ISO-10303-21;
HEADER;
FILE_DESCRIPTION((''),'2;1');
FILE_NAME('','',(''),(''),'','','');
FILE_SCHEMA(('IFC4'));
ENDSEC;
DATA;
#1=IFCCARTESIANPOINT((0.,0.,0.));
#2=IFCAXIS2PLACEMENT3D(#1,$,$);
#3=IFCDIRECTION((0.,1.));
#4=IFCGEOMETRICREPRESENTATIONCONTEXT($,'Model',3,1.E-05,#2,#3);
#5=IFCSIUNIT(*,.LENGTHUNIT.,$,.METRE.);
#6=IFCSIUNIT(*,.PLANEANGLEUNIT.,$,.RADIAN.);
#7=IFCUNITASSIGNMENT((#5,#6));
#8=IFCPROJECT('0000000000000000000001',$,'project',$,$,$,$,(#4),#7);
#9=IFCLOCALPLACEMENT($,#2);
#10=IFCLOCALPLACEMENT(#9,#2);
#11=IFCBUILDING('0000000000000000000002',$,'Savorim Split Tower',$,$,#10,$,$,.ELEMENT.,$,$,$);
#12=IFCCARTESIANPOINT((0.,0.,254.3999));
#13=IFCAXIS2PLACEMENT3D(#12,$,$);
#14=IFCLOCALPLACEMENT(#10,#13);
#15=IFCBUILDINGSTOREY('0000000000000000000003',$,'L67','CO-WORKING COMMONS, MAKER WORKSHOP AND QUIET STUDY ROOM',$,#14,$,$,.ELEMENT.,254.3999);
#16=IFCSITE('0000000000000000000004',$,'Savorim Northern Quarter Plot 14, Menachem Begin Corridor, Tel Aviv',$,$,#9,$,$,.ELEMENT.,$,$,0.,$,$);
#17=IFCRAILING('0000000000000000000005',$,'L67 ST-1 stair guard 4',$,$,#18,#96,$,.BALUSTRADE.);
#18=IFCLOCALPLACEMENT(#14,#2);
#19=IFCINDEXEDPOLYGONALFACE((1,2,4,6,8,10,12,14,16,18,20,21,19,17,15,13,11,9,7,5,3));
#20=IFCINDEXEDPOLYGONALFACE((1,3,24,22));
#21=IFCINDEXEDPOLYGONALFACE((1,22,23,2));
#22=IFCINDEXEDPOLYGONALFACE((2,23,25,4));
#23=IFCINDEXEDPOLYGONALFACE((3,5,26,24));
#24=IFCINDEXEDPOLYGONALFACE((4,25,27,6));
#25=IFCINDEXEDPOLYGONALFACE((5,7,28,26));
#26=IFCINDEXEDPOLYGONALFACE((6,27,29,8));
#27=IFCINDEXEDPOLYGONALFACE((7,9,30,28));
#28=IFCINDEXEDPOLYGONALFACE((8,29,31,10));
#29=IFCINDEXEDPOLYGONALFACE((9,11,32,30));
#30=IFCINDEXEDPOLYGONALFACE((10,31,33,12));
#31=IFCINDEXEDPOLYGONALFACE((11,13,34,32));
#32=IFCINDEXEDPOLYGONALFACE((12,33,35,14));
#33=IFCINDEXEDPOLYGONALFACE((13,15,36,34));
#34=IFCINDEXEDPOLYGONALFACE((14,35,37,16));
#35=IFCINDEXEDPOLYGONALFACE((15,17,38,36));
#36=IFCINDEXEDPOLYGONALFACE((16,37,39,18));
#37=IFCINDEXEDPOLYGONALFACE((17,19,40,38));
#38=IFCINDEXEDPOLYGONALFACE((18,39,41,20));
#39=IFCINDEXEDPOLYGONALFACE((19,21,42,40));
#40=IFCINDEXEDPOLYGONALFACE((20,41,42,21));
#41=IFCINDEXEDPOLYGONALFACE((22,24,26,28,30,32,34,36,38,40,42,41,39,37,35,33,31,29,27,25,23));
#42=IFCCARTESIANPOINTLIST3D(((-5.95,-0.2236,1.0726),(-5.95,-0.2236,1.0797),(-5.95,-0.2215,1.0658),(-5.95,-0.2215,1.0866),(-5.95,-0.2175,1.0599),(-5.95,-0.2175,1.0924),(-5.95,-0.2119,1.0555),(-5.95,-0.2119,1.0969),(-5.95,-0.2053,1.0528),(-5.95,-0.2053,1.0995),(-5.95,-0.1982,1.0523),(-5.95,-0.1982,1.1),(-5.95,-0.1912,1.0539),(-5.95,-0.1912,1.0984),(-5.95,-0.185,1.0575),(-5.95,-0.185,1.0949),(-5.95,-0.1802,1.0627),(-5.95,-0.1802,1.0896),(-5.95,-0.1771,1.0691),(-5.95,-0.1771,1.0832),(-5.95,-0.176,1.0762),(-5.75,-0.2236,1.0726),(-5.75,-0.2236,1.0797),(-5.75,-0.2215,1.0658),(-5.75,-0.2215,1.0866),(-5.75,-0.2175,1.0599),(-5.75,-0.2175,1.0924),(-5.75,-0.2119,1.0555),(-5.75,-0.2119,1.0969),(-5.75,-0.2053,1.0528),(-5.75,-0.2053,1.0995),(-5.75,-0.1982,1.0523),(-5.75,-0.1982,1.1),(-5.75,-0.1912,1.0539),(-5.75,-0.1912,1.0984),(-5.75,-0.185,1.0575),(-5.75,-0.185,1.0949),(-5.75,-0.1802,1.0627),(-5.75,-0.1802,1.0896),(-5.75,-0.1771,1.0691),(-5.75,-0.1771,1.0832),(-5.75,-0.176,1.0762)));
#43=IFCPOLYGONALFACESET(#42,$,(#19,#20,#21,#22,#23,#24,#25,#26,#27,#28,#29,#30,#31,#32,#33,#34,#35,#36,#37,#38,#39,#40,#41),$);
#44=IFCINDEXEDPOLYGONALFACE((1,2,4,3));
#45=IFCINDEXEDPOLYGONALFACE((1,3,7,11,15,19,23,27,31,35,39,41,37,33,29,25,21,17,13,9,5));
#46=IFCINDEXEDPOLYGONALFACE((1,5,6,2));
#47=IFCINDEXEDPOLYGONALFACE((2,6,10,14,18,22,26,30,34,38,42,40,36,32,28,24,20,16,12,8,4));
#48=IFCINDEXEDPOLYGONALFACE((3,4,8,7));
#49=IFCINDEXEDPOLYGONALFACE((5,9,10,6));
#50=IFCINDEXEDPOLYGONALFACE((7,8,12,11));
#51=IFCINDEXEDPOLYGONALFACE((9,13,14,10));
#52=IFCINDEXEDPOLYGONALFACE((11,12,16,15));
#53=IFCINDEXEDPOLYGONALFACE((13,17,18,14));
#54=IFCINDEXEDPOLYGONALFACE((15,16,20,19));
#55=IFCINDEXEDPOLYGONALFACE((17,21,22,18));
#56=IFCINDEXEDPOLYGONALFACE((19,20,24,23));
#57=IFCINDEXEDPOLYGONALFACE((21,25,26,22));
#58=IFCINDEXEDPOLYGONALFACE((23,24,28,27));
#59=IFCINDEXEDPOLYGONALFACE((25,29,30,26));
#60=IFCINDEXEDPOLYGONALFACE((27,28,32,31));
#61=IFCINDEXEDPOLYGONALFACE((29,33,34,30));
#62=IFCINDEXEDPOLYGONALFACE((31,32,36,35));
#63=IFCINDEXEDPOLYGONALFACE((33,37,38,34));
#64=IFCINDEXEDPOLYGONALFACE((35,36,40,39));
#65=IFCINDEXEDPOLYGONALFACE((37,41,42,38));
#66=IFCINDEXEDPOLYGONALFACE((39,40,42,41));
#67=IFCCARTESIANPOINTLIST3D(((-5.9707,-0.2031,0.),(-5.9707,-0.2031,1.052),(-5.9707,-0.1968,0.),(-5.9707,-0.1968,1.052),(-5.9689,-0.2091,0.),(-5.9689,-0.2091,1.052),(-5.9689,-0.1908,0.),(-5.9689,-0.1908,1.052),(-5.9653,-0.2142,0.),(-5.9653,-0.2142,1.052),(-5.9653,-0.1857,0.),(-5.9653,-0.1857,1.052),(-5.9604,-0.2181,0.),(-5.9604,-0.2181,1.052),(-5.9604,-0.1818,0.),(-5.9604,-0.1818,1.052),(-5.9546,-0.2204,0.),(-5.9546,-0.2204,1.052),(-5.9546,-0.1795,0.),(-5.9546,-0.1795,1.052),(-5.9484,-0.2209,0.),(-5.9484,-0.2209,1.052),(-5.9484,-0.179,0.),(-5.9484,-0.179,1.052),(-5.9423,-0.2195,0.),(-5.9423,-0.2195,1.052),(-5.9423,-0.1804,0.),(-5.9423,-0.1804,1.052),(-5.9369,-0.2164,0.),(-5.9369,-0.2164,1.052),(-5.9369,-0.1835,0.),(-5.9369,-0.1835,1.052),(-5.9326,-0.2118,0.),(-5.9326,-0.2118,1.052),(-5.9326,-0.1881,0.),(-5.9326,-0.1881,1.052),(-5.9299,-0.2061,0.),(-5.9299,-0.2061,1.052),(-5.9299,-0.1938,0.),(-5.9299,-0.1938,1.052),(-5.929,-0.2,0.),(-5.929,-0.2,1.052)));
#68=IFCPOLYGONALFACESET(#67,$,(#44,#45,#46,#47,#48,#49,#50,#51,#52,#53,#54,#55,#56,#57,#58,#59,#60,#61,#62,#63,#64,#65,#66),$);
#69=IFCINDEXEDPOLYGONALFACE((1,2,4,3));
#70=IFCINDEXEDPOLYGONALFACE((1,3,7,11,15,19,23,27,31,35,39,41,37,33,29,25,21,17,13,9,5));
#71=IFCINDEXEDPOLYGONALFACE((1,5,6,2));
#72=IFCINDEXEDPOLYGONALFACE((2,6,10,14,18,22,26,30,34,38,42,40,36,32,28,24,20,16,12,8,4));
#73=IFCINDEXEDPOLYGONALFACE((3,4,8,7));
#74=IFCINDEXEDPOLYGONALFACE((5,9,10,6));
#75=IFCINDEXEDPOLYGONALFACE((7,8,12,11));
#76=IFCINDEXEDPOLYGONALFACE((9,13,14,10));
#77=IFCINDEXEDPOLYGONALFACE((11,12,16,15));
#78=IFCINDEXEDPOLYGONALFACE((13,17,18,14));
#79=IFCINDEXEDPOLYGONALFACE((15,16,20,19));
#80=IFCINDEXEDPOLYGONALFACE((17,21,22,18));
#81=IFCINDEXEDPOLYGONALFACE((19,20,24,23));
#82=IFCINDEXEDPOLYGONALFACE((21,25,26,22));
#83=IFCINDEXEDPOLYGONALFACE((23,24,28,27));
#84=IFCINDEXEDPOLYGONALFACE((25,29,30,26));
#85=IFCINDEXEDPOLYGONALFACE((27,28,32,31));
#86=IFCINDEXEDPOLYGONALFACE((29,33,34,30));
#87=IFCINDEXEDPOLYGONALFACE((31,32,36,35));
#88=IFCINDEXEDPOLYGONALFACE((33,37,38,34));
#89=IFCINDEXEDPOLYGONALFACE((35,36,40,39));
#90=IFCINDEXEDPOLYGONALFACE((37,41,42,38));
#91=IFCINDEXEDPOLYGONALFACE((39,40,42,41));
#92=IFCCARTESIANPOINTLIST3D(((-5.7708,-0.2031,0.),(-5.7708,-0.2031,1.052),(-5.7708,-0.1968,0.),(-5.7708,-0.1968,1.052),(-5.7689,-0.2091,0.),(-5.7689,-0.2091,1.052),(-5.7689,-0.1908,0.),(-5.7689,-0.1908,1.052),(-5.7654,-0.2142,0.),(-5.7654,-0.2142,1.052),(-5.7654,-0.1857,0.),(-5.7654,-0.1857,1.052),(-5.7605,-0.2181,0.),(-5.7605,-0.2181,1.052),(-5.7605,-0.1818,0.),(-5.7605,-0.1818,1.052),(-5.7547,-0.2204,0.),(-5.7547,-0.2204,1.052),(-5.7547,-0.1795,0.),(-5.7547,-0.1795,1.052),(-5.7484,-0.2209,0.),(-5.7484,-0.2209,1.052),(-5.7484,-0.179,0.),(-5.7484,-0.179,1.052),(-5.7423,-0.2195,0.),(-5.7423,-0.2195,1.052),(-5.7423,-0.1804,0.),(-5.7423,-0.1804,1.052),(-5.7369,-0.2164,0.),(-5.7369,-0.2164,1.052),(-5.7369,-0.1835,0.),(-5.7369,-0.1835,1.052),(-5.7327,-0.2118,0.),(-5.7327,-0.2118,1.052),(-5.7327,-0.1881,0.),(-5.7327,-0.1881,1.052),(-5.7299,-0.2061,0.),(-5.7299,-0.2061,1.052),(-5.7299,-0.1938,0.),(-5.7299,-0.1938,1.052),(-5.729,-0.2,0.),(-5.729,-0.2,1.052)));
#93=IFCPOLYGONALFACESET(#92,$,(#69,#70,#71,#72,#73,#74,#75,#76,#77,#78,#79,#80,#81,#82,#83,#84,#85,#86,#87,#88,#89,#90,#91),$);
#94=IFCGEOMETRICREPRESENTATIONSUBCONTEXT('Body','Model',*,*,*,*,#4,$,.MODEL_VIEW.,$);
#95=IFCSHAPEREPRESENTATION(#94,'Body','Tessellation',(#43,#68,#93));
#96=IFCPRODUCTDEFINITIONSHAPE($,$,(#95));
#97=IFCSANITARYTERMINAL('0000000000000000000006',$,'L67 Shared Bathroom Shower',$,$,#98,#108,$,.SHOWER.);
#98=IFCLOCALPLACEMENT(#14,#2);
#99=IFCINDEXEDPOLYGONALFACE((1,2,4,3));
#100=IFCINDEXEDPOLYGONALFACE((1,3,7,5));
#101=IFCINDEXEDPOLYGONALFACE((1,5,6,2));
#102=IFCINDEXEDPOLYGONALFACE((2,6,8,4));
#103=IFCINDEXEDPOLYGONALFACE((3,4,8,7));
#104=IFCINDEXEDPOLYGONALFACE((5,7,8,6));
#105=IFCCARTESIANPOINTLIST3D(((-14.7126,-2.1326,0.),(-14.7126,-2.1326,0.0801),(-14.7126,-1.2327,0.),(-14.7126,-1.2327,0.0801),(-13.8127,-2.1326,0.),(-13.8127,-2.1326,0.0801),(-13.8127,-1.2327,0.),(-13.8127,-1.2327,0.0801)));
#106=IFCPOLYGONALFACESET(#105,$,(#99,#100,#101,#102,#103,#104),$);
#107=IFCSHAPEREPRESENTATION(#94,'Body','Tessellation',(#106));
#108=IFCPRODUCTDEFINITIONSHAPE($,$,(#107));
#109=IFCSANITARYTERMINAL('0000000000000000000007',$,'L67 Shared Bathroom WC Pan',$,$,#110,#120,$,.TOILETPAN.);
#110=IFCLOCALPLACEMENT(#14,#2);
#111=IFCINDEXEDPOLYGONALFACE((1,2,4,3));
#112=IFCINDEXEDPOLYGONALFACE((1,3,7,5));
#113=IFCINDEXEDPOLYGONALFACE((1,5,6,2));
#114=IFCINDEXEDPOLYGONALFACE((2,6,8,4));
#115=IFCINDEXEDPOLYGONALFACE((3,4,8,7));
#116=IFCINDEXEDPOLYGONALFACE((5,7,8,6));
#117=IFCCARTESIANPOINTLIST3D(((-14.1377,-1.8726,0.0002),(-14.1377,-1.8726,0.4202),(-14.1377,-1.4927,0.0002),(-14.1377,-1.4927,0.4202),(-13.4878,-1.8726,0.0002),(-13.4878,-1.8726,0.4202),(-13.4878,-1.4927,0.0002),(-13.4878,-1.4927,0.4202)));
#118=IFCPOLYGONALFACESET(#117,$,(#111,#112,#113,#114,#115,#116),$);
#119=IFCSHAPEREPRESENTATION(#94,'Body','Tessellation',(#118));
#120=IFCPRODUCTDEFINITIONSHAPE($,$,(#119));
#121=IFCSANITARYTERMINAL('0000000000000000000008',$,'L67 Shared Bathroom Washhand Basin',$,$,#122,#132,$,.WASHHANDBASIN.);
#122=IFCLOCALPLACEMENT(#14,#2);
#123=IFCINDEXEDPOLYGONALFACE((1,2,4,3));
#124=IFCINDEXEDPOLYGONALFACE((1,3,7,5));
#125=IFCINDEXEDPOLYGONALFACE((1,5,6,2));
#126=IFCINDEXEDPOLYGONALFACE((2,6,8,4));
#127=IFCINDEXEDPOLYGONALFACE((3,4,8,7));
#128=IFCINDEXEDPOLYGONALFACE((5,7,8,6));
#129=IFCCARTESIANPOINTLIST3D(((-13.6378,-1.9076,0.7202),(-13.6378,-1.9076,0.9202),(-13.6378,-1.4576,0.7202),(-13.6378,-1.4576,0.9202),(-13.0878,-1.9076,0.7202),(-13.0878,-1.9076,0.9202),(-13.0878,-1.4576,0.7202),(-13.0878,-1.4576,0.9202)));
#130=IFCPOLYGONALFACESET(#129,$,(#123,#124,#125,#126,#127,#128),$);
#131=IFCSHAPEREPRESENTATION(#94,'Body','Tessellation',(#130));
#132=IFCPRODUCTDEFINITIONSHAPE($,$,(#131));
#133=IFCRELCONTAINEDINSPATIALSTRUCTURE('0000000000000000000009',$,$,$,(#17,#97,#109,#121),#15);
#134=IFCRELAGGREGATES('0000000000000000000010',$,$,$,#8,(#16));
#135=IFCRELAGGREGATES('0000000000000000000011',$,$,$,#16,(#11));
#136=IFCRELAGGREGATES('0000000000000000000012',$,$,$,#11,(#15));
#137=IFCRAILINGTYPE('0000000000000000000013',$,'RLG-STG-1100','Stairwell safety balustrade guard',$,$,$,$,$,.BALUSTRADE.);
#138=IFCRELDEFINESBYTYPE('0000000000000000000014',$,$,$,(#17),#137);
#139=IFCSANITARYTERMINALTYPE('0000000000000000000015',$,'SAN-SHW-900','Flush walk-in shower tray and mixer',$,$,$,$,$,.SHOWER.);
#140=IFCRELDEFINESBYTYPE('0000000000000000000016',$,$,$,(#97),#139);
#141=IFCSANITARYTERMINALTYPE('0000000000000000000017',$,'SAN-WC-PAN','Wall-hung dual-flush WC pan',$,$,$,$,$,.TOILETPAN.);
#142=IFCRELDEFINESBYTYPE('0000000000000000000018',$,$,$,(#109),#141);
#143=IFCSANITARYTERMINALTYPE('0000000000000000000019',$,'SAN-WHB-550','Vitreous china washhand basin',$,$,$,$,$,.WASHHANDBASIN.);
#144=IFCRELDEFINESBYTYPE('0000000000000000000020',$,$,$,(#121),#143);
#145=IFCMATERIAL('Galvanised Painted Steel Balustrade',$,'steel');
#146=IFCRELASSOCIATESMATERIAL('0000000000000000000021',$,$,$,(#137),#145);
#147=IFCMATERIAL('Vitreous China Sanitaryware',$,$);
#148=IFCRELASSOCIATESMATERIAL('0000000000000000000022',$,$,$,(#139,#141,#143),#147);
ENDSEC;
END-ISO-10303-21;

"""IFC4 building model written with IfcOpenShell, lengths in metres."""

from ifc_helpers import new_model, si_unit, direction, frame, origin, origin_2d, place, context, subcontext, project, spatial, rectangle, circle, extrude, material, type_object, element, save


model = new_model("IFC4")

# Units and contexts
model_context = context("Model", 3, precision=1e-05, world=origin(), true_north=direction((0.0, 1.0)))
body_context = subcontext(model_context, "Body", "Model", "MODEL_VIEW")
ifc_project = project(units=[si_unit("LENGTHUNIT", "METRE"), si_unit("PLANEANGLEUNIT", "RADIAN")], contexts=[model_context])

# Site, building, storey
site_placement = place(None, origin())
site = spatial("IfcSite", under=ifc_project, at=site_placement, Name="Savorim Northern Quarter Plot 14, Menachem Begin Corridor, Tel Aviv", CompositionType="ELEMENT", RefElevation=0.0)
building_placement = place(site_placement, origin())
building = spatial("IfcBuilding", under=site, at=building_placement, Name="Savorim Split Tower", CompositionType="ELEMENT")
storey_placement = place(building_placement, frame((0.0, 0.0, 254.3999)))
storey = spatial("IfcBuildingStorey", under=building, at=storey_placement, Name="L67", Description="CO-WORKING COMMONS, MAKER WORKSHOP AND QUIET STUDY ROOM", CompositionType="ELEMENT", Elevation=254.3999)

# Railing
ifc_material_1 = material(Name="Galvanised Painted Steel Balustrade", Category="steel")
railing_type_1 = type_object("IfcRailingType", Name="RLG-STG-1100", Description="Stairwell safety balustrade guard", PredefinedType="BALUSTRADE", material=ifc_material_1)
railing_1_placement = place(storey_placement, frame((-5.95, -0.2, 0.0)))
element("IfcRailing", 1, at=railing_1_placement, inside=storey, type_object=railing_type_1, Name="L67 ST-1 stair guard 4", PredefinedType="BALUSTRADE", context=body_context, shape_type="SweptSolid", body=[
    extrude(circle(Radius=0.0239, at=origin_2d()), frame((0.0, 0.0, 1.0762), z_axis=(1.0, 0.0, 0.0), x_axis=(0.0, 1.0, 0.0)), (0.0, 0.0, 1.0), 0.2),
    extrude(circle(Radius=0.021, at=origin_2d()), origin(), (0.0, 0.0, 1.0), 1.052),
    extrude(circle(Radius=0.021, at=origin_2d()), frame((0.2, 0.0, 0.0)), (0.0, 0.0, 1.0), 1.052),
])

# Sanitary terminals
ifc_material_2 = material(Name="Vitreous China Sanitaryware")
sanitary_terminal_type_1 = type_object("IfcSanitaryTerminalType", Name="SAN-SHW-900", Description="Flush walk-in shower tray and mixer", PredefinedType="SHOWER", material=ifc_material_2)
sanitary_terminal_1_placement = place(storey_placement, frame((-14.2627, -1.6826, 0.0), z_axis=(0.0, 0.0, 1.0), x_axis=(1.0, 0.0, 0.0)))
element("IfcSanitaryTerminal", 2, at=sanitary_terminal_1_placement, inside=storey, type_object=sanitary_terminal_type_1, Name="L67 Shared Bathroom Shower", PredefinedType="SHOWER", context=body_context, shape_type="SweptSolid", body=[
    extrude(rectangle(XDim=0.8999, YDim=0.8999, at=origin_2d()), origin(), (0.0, 0.0, 1.0), 0.0801),
])
sanitary_terminal_type_2 = type_object("IfcSanitaryTerminalType", Name="SAN-WC-PAN", Description="Wall-hung dual-flush WC pan", PredefinedType="TOILETPAN", material=ifc_material_2)
sanitary_terminal_2_placement = place(storey_placement, frame((-13.8127, -1.6826, 0.0002), z_axis=(0.0, 0.0, 1.0), x_axis=(1.0, 0.0, 0.0)))
element("IfcSanitaryTerminal", 3, at=sanitary_terminal_2_placement, inside=storey, type_object=sanitary_terminal_type_2, Name="L67 Shared Bathroom WC Pan", PredefinedType="TOILETPAN", context=body_context, shape_type="SweptSolid", body=[
    extrude(rectangle(XDim=0.6499, YDim=0.3799, at=origin_2d()), origin(), (0.0, 0.0, 1.0), 0.4199),
])
sanitary_terminal_type_3 = type_object("IfcSanitaryTerminalType", Name="SAN-WHB-550", Description="Vitreous china washhand basin", PredefinedType="WASHHANDBASIN", material=ifc_material_2)
sanitary_terminal_3_placement = place(storey_placement, frame((-13.3628, -1.6826, 0.7202), z_axis=(0.0, 0.0, 1.0), x_axis=(1.0, 0.0, 0.0)))
element("IfcSanitaryTerminal", 4, at=sanitary_terminal_3_placement, inside=storey, type_object=sanitary_terminal_type_3, Name="L67 Shared Bathroom Washhand Basin", PredefinedType="WASHHANDBASIN", context=body_context, shape_type="SweptSolid", body=[
    extrude(rectangle(XDim=0.55, YDim=0.45, at=origin_2d()), origin(), (0.0, 0.0, 1.0), 0.2),
])

save(model, "model.ifc")
